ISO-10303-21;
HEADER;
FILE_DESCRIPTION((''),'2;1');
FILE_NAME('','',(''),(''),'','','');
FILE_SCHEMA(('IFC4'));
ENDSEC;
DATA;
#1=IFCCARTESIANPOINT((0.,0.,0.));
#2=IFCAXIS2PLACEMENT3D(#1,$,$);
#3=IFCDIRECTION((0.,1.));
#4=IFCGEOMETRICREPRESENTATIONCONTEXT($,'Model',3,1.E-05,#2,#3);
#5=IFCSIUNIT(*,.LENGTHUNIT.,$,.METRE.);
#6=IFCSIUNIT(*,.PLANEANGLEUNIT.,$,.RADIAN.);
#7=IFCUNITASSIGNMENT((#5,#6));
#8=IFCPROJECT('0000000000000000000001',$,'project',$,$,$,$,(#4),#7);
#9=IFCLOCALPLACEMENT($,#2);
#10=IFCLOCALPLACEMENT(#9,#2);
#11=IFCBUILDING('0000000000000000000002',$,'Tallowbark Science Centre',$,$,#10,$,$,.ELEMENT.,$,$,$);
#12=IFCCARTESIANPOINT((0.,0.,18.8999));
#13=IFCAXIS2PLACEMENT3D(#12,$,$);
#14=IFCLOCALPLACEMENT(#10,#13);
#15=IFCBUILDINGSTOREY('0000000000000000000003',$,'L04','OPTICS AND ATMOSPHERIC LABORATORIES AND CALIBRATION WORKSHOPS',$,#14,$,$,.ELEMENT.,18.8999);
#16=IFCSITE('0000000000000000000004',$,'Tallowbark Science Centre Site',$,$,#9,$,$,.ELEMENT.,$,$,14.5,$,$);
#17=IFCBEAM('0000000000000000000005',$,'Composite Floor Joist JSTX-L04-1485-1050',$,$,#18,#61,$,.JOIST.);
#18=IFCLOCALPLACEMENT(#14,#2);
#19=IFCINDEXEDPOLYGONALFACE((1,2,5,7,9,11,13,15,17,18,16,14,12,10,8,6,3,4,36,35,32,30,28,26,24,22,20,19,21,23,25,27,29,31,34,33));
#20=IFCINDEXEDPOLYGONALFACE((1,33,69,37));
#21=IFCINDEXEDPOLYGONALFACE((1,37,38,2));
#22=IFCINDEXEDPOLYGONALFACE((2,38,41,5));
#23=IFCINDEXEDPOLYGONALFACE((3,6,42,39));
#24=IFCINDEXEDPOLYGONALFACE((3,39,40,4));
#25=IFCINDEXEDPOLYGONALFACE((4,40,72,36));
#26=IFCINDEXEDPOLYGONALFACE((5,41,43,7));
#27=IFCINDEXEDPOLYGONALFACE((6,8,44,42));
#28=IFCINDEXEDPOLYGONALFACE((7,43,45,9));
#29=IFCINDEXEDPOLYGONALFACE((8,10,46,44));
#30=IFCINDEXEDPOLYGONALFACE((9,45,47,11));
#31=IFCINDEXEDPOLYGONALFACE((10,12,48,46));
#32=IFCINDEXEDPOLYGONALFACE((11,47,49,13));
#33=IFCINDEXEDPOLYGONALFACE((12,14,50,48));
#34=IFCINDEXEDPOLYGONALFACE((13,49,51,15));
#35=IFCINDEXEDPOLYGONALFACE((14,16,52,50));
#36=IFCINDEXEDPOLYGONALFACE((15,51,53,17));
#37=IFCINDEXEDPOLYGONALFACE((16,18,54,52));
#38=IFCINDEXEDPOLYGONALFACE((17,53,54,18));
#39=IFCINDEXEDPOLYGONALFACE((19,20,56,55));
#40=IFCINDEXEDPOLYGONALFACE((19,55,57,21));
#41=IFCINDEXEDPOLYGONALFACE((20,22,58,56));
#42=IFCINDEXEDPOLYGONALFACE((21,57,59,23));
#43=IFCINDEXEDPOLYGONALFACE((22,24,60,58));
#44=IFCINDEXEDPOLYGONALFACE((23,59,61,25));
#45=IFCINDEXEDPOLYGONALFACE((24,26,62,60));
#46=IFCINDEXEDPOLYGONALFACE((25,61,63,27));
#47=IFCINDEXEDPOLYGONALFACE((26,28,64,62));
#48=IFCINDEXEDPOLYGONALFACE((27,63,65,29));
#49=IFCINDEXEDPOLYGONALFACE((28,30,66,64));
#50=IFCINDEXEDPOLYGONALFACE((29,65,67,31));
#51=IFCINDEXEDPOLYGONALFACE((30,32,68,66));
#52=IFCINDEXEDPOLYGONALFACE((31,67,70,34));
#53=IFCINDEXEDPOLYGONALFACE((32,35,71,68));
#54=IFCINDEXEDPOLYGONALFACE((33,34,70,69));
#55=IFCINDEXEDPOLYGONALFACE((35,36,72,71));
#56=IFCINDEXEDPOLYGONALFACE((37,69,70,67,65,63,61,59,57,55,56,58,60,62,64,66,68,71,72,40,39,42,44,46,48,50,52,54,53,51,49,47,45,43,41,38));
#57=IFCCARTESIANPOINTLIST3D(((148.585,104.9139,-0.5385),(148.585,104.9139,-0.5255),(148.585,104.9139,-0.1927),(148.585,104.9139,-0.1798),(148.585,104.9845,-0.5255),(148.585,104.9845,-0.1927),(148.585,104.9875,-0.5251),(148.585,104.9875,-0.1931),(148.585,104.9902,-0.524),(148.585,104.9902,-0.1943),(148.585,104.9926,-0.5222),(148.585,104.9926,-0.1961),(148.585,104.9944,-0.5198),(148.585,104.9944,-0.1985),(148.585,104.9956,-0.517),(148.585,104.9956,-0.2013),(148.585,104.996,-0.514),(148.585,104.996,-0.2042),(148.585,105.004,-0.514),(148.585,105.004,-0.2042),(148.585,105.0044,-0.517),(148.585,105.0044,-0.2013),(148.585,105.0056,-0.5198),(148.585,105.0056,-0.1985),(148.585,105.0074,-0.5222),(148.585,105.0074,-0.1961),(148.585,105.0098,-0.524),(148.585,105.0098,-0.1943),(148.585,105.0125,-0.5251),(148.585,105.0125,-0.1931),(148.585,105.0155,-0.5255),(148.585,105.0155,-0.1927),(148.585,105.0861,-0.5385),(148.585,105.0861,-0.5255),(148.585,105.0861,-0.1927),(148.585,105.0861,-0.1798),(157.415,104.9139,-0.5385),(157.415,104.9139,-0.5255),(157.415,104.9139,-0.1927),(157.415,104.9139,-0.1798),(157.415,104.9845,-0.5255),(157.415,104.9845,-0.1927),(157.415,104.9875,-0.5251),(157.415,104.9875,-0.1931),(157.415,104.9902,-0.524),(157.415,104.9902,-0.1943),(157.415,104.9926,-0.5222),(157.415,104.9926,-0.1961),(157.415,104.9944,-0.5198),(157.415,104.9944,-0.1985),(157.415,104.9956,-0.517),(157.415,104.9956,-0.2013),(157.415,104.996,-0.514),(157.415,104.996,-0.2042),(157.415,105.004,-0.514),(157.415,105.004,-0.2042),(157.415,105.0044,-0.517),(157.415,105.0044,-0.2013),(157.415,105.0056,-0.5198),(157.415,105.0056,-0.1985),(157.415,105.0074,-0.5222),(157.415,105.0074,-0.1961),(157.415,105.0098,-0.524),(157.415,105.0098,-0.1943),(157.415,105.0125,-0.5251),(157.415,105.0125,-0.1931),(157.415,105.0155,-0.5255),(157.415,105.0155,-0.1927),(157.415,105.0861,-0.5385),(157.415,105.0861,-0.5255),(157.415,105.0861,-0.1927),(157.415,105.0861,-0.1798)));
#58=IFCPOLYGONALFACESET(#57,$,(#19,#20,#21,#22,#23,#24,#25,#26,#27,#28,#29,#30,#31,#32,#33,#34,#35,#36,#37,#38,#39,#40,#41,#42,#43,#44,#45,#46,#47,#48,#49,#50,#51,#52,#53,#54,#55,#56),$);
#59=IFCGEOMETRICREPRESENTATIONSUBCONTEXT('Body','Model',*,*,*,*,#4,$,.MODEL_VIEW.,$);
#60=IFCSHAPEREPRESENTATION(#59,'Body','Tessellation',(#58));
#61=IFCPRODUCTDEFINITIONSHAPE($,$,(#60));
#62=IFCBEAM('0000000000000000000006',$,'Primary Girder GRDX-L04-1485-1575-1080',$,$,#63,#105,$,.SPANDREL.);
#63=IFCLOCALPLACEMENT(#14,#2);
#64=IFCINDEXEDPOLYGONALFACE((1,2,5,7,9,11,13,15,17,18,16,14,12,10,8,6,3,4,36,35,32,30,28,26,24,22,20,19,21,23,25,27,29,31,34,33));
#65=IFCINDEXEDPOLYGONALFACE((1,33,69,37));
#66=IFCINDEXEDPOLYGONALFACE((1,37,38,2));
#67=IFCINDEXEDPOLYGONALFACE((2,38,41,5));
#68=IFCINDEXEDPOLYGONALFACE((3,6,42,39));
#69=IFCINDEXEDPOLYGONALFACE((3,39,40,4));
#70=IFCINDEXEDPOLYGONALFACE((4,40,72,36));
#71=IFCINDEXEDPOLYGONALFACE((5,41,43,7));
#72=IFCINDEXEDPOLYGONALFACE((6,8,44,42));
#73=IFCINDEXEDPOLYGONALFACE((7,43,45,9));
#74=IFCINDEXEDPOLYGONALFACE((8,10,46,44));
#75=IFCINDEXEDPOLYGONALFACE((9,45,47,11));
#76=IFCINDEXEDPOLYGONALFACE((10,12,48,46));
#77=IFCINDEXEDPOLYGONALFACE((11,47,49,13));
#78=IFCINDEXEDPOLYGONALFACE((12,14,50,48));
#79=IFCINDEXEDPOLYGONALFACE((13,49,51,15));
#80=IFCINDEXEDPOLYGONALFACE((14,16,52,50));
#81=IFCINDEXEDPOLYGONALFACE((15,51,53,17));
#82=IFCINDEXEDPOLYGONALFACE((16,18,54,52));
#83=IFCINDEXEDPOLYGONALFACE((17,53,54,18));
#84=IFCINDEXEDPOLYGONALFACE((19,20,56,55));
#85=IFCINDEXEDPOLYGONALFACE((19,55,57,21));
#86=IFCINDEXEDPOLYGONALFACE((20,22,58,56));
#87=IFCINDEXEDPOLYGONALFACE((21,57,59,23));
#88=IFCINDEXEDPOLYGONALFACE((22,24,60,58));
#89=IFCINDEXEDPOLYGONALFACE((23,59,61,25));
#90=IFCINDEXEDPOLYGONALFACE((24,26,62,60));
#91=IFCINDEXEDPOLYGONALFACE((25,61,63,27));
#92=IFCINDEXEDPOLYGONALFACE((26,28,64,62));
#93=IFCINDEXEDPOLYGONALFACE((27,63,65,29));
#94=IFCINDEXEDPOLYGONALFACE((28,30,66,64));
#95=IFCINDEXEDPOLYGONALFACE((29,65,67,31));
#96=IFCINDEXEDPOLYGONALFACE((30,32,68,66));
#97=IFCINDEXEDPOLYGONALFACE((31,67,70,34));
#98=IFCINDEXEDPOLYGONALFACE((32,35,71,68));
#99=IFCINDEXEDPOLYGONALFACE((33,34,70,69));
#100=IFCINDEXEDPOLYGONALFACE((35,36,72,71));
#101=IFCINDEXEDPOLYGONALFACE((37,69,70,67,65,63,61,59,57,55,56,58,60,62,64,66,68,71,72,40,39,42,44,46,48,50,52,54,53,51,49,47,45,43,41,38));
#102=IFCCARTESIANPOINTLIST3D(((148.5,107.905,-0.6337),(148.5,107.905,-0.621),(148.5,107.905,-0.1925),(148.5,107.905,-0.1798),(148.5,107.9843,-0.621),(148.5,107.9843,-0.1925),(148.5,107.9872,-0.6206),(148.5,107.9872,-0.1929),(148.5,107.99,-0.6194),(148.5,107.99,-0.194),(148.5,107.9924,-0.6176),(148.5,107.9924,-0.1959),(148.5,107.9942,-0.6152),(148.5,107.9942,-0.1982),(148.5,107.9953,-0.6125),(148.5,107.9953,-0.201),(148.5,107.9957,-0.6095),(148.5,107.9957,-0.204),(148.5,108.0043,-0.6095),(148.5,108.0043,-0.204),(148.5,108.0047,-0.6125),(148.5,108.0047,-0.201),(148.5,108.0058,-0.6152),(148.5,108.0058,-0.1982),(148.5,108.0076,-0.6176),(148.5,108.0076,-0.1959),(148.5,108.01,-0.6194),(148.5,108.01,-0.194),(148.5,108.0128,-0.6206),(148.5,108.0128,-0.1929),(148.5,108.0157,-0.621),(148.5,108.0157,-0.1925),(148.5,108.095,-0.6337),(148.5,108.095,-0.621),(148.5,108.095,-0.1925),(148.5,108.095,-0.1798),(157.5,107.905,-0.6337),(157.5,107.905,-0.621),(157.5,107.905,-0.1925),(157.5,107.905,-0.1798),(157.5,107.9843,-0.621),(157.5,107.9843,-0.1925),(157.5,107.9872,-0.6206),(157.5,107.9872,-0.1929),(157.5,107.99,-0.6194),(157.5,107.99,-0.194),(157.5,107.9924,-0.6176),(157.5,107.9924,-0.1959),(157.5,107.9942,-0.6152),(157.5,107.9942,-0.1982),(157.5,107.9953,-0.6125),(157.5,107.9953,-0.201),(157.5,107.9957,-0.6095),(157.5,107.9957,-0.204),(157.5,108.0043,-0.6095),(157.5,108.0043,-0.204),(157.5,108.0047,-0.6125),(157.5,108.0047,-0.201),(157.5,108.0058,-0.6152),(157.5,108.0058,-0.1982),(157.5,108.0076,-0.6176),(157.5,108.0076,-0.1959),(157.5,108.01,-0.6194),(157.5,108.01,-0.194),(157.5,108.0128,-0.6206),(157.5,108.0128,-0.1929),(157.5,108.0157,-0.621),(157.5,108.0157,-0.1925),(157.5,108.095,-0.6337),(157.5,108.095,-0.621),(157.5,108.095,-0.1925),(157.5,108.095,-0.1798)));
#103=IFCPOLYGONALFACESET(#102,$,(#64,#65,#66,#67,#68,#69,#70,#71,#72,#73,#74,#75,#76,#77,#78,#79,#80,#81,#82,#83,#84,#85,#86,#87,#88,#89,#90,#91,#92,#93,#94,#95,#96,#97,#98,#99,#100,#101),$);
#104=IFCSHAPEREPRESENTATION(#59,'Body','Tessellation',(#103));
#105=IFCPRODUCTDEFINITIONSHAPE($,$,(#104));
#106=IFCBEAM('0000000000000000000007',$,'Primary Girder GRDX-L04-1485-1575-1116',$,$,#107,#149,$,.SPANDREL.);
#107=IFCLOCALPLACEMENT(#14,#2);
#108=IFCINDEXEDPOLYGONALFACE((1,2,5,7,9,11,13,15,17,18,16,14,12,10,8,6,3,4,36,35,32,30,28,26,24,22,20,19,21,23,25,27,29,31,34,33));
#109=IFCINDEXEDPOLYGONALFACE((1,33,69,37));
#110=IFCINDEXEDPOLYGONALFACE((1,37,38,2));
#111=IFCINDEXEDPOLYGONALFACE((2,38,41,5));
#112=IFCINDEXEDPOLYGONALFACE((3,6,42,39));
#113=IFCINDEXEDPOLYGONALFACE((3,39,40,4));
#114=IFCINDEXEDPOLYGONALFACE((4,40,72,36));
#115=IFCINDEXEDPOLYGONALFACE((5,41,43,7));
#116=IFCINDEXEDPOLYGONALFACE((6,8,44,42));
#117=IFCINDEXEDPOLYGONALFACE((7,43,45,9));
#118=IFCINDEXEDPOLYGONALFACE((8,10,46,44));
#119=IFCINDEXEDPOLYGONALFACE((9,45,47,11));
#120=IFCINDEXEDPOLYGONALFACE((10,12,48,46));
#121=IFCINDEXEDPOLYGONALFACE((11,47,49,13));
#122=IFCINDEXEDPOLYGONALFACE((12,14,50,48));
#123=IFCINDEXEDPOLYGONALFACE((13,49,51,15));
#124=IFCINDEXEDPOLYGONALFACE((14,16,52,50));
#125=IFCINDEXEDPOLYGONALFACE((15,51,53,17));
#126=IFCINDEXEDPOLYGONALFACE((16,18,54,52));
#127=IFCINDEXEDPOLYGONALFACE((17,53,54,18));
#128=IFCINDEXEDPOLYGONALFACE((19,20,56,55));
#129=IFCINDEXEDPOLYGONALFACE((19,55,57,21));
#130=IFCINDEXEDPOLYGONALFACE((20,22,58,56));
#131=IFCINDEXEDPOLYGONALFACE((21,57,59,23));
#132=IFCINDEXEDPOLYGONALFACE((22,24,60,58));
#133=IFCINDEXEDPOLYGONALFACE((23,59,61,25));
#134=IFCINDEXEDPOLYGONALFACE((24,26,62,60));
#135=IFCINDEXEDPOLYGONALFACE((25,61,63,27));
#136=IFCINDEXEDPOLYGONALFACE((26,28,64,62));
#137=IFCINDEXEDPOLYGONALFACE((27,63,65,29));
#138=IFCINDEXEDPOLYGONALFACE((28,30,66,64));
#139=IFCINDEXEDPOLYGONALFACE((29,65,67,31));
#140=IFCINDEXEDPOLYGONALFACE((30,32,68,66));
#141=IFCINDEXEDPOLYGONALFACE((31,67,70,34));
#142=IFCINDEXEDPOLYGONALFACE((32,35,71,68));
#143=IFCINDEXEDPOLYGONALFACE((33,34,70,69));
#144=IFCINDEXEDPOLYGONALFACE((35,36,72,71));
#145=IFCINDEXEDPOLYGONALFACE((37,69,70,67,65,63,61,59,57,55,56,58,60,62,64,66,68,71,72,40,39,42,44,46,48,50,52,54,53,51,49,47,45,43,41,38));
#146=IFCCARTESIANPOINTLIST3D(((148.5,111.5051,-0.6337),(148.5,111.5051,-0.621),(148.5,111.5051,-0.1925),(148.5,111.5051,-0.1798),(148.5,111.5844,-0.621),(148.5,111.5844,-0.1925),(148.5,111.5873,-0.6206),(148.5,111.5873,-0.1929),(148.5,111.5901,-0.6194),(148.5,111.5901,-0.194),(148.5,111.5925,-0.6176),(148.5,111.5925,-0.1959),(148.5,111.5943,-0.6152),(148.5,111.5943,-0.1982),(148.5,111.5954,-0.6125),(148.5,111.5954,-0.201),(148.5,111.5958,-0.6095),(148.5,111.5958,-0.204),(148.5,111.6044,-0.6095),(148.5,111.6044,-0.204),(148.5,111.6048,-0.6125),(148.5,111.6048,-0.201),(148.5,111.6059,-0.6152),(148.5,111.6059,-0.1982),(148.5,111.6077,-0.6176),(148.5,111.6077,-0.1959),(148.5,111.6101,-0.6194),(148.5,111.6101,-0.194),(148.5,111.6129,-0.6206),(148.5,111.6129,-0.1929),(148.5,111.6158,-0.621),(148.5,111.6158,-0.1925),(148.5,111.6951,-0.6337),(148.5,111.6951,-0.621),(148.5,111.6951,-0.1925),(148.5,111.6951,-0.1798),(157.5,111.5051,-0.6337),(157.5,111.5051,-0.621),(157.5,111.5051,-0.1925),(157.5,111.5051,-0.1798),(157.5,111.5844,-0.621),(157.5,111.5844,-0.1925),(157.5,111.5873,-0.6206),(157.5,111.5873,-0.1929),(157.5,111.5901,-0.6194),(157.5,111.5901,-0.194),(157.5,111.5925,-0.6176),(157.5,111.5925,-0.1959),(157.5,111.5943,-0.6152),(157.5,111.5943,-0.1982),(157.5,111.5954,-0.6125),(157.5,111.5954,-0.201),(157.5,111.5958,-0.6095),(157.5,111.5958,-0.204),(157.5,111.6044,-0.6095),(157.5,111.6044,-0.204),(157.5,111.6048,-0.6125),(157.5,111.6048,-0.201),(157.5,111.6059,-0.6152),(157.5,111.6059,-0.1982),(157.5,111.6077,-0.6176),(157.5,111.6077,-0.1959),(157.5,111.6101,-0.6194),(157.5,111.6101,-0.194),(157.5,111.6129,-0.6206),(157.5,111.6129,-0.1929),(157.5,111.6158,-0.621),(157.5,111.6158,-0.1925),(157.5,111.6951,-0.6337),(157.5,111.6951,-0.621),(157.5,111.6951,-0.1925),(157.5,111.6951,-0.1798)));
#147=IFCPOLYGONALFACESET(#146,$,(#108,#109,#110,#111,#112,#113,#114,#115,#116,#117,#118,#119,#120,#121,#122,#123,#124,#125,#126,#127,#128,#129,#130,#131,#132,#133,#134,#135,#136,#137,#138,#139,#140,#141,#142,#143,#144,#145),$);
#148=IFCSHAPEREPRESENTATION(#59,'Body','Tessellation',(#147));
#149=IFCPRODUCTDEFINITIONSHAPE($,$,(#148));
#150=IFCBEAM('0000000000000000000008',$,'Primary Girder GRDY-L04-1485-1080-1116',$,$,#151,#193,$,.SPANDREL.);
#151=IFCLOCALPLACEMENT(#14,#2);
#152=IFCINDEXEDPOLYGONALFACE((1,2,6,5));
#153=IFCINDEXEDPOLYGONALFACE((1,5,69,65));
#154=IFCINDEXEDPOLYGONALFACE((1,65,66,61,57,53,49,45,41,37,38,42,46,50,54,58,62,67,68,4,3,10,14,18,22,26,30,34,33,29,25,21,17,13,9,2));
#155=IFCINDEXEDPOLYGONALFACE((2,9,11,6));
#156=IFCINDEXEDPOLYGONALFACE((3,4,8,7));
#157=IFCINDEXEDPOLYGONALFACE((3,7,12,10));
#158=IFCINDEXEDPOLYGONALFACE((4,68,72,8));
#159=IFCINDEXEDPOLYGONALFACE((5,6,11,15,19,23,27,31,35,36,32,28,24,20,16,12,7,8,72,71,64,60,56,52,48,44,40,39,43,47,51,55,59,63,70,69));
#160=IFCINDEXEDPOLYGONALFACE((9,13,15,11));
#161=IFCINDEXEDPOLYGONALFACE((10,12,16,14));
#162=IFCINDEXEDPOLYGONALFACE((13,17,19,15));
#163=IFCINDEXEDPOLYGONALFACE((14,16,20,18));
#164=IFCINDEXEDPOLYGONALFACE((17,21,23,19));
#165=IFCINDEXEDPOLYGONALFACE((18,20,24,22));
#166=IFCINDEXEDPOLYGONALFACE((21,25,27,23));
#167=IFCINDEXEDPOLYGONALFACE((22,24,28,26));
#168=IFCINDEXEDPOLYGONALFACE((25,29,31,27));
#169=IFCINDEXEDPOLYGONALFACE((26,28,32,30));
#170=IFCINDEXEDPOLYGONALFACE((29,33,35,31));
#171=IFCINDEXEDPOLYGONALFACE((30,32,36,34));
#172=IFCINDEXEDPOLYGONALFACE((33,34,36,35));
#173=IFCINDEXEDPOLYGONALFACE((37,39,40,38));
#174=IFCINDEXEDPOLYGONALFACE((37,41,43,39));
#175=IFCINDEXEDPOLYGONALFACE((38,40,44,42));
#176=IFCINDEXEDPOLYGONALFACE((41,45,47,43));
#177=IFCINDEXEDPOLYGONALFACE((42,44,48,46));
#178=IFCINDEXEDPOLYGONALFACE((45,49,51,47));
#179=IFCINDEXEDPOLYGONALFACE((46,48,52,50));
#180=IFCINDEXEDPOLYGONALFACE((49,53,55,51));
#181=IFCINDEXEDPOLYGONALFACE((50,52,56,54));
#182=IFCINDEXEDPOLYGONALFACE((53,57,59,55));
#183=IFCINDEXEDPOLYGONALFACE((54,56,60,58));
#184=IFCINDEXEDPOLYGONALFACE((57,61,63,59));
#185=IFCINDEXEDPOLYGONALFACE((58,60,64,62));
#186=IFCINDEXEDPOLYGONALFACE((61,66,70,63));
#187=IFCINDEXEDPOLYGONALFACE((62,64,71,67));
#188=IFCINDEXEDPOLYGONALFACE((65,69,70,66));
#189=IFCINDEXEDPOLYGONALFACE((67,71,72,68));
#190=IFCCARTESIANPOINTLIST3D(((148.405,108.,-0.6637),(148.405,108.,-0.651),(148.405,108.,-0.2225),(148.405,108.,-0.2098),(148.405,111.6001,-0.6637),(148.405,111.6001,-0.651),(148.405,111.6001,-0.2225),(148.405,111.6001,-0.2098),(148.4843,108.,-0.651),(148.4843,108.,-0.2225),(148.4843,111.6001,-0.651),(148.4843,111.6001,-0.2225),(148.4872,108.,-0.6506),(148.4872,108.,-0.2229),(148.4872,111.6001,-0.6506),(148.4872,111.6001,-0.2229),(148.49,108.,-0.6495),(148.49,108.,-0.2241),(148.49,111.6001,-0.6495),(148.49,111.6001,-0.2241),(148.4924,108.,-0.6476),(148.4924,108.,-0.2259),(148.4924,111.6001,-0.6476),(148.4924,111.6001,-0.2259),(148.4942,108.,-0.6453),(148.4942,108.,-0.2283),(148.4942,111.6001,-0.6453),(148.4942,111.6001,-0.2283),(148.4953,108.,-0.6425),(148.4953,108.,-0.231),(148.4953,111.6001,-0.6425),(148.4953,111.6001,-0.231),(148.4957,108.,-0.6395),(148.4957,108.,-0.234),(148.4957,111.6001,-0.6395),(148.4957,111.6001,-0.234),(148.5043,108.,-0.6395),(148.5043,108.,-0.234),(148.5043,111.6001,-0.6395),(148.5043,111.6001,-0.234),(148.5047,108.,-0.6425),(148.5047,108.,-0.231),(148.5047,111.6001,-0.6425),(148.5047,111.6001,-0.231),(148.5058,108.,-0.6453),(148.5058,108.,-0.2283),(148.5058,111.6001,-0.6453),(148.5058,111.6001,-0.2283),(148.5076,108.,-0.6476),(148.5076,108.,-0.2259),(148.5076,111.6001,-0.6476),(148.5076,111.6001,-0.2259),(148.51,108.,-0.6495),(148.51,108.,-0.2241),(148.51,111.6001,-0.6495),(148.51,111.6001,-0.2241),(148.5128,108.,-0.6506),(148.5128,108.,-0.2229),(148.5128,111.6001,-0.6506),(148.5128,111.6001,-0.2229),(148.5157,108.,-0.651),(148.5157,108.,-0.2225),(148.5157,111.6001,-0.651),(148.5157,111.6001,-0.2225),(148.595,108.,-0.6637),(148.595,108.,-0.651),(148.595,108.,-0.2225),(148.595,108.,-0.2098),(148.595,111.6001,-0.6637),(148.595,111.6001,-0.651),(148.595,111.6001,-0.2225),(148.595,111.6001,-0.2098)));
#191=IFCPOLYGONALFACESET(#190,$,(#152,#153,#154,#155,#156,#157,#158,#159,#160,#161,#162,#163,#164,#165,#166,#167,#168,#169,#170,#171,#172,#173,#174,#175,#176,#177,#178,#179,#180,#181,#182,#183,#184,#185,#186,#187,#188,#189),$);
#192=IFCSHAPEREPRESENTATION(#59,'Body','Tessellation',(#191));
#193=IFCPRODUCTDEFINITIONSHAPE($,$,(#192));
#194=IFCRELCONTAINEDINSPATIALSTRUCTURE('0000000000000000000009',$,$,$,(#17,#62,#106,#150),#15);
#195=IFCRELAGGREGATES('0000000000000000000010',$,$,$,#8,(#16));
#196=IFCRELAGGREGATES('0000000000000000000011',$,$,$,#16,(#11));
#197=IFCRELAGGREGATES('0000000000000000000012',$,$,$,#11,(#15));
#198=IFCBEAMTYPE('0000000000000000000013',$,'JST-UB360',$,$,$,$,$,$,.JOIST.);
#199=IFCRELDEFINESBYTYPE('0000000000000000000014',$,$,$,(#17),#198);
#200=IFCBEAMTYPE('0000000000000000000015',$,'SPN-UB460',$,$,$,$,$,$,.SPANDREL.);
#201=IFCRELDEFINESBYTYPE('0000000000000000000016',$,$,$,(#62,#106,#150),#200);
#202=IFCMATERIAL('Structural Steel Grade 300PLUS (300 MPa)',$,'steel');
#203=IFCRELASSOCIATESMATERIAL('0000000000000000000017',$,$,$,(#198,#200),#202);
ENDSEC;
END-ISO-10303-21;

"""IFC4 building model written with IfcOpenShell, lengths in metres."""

from ifc_helpers import new_model, si_unit, direction, frame, origin, origin_2d, place, context, subcontext, project, spatial, i_section, extrude, material, material_profile, profile_set, type_object, element, save


model = new_model("IFC4")

# Units and contexts
model_context = context("Model", 3, precision=1e-05, world=origin(), true_north=direction((0.0, 1.0)))
body_context = subcontext(model_context, "Body", "Model", "MODEL_VIEW")
ifc_project = project(units=[si_unit("LENGTHUNIT", "METRE"), si_unit("PLANEANGLEUNIT", "RADIAN")], contexts=[model_context])

# Site, building, storey
site_placement = place(None, origin())
site = spatial("IfcSite", under=ifc_project, at=site_placement, Name="Tallowbark Science Centre Site", CompositionType="ELEMENT", RefElevation=14.5)
building_placement = place(site_placement, origin())
building = spatial("IfcBuilding", under=site, at=building_placement, Name="Tallowbark Science Centre", CompositionType="ELEMENT")
storey_placement = place(building_placement, frame((0.0, 0.0, 18.8999)))
storey = spatial("IfcBuildingStorey", under=building, at=storey_placement, Name="L04", Description="OPTICS AND ATMOSPHERIC LABORATORIES AND CALIBRATION WORKSHOPS", CompositionType="ELEMENT", Elevation=18.8999)

# Shared definitions
ifc_material_1 = material(Name="Structural Steel Grade 300PLUS (300 MPa)", Category="steel")

# Beams
ifc_material_profile_1 = material_profile(ifc_material_1, i_section(OverallWidth=0.1721, OverallDepth=0.3586, WebThickness=0.0081, FlangeThickness=0.0129, FilletRadius=0.0115, at=origin_2d()), Name="360UB56.7")
ifc_profile_set_1 = profile_set([ifc_material_profile_1], Name="Structural Steel Grade 300PLUS (300 MPa)")
beam_type_1 = type_object("IfcBeamType", Name="JST-UB360", PredefinedType="JOIST", material=ifc_profile_set_1)
beam_placement = place(storey_placement, frame((148.585, 105.0, -0.3591), z_axis=(1.0, 0.0, 0.0), x_axis=(0.0, 1.0, 0.0)))
element("IfcBeam", 1, at=beam_placement, inside=storey, type_object=beam_type_1, Name="Composite Floor Joist JSTX-L04-1485-1050", PredefinedType="JOIST", context=body_context, shape_type="SweptSolid", body=[
    extrude(i_section(OverallWidth=0.1721, OverallDepth=0.3586, WebThickness=0.0081, FlangeThickness=0.0129, FilletRadius=0.0115, at=origin_2d()), origin(), (0.0, 0.0, 1.0), 8.8301),
])
ifc_material_profile_2 = material_profile(ifc_material_1, i_section(OverallWidth=0.1899, OverallDepth=0.4539, WebThickness=0.0085, FlangeThickness=0.0127, FilletRadius=0.0115, at=origin_2d()), Name="460UB67.1")
ifc_profile_set_2 = profile_set([ifc_material_profile_2], Name="Structural Steel Grade 300PLUS (300 MPa)")
beam_type_2 = type_object("IfcBeamType", Name="SPN-UB460", PredefinedType="SPANDREL", material=ifc_profile_set_2)
for number, where, z_axis, x_axis, name in (
    (2, (148.5, 108.0, -0.4067), (1.0, 0.0, 0.0), (0.0, 1.0, 0.0), "Primary Girder GRDX-L04-1485-1575-1080"),
    (3, (148.5, 111.6001, -0.4067), (1.0, 0.0, 0.0), (0.0, 1.0, 0.0), "Primary Girder GRDX-L04-1485-1575-1116"),
):
    element("IfcBeam", number, at=place(storey_placement, frame(where, z_axis=z_axis, x_axis=x_axis)), inside=storey, type_object=beam_type_2, Name=name, PredefinedType="SPANDREL", context=body_context, shape_type="SweptSolid", body=[
        extrude(i_section(OverallWidth=0.1899, OverallDepth=0.4539, WebThickness=0.0085, FlangeThickness=0.0127, FilletRadius=0.0115, at=origin_2d()), origin(), (0.0, 0.0, 1.0), 9.0),
    ])
for number, where, z_axis, x_axis, name in (
    (4, (148.5, 108.0, -0.4368), (0.0, 1.0, 0.0), (-1.0, 0.0, 0.0), "Primary Girder GRDY-L04-1485-1080-1116"),
):
    element("IfcBeam", number, at=place(storey_placement, frame(where, z_axis=z_axis, x_axis=x_axis)), inside=storey, type_object=beam_type_2, Name=name, PredefinedType="SPANDREL", context=body_context, shape_type="SweptSolid", body=[
        extrude(i_section(OverallWidth=0.1899, OverallDepth=0.4539, WebThickness=0.0085, FlangeThickness=0.0127, FilletRadius=0.0115, at=origin_2d()), origin(), (0.0, 0.0, 1.0), 3.6001),
    ])

save(model, "model.ifc")
